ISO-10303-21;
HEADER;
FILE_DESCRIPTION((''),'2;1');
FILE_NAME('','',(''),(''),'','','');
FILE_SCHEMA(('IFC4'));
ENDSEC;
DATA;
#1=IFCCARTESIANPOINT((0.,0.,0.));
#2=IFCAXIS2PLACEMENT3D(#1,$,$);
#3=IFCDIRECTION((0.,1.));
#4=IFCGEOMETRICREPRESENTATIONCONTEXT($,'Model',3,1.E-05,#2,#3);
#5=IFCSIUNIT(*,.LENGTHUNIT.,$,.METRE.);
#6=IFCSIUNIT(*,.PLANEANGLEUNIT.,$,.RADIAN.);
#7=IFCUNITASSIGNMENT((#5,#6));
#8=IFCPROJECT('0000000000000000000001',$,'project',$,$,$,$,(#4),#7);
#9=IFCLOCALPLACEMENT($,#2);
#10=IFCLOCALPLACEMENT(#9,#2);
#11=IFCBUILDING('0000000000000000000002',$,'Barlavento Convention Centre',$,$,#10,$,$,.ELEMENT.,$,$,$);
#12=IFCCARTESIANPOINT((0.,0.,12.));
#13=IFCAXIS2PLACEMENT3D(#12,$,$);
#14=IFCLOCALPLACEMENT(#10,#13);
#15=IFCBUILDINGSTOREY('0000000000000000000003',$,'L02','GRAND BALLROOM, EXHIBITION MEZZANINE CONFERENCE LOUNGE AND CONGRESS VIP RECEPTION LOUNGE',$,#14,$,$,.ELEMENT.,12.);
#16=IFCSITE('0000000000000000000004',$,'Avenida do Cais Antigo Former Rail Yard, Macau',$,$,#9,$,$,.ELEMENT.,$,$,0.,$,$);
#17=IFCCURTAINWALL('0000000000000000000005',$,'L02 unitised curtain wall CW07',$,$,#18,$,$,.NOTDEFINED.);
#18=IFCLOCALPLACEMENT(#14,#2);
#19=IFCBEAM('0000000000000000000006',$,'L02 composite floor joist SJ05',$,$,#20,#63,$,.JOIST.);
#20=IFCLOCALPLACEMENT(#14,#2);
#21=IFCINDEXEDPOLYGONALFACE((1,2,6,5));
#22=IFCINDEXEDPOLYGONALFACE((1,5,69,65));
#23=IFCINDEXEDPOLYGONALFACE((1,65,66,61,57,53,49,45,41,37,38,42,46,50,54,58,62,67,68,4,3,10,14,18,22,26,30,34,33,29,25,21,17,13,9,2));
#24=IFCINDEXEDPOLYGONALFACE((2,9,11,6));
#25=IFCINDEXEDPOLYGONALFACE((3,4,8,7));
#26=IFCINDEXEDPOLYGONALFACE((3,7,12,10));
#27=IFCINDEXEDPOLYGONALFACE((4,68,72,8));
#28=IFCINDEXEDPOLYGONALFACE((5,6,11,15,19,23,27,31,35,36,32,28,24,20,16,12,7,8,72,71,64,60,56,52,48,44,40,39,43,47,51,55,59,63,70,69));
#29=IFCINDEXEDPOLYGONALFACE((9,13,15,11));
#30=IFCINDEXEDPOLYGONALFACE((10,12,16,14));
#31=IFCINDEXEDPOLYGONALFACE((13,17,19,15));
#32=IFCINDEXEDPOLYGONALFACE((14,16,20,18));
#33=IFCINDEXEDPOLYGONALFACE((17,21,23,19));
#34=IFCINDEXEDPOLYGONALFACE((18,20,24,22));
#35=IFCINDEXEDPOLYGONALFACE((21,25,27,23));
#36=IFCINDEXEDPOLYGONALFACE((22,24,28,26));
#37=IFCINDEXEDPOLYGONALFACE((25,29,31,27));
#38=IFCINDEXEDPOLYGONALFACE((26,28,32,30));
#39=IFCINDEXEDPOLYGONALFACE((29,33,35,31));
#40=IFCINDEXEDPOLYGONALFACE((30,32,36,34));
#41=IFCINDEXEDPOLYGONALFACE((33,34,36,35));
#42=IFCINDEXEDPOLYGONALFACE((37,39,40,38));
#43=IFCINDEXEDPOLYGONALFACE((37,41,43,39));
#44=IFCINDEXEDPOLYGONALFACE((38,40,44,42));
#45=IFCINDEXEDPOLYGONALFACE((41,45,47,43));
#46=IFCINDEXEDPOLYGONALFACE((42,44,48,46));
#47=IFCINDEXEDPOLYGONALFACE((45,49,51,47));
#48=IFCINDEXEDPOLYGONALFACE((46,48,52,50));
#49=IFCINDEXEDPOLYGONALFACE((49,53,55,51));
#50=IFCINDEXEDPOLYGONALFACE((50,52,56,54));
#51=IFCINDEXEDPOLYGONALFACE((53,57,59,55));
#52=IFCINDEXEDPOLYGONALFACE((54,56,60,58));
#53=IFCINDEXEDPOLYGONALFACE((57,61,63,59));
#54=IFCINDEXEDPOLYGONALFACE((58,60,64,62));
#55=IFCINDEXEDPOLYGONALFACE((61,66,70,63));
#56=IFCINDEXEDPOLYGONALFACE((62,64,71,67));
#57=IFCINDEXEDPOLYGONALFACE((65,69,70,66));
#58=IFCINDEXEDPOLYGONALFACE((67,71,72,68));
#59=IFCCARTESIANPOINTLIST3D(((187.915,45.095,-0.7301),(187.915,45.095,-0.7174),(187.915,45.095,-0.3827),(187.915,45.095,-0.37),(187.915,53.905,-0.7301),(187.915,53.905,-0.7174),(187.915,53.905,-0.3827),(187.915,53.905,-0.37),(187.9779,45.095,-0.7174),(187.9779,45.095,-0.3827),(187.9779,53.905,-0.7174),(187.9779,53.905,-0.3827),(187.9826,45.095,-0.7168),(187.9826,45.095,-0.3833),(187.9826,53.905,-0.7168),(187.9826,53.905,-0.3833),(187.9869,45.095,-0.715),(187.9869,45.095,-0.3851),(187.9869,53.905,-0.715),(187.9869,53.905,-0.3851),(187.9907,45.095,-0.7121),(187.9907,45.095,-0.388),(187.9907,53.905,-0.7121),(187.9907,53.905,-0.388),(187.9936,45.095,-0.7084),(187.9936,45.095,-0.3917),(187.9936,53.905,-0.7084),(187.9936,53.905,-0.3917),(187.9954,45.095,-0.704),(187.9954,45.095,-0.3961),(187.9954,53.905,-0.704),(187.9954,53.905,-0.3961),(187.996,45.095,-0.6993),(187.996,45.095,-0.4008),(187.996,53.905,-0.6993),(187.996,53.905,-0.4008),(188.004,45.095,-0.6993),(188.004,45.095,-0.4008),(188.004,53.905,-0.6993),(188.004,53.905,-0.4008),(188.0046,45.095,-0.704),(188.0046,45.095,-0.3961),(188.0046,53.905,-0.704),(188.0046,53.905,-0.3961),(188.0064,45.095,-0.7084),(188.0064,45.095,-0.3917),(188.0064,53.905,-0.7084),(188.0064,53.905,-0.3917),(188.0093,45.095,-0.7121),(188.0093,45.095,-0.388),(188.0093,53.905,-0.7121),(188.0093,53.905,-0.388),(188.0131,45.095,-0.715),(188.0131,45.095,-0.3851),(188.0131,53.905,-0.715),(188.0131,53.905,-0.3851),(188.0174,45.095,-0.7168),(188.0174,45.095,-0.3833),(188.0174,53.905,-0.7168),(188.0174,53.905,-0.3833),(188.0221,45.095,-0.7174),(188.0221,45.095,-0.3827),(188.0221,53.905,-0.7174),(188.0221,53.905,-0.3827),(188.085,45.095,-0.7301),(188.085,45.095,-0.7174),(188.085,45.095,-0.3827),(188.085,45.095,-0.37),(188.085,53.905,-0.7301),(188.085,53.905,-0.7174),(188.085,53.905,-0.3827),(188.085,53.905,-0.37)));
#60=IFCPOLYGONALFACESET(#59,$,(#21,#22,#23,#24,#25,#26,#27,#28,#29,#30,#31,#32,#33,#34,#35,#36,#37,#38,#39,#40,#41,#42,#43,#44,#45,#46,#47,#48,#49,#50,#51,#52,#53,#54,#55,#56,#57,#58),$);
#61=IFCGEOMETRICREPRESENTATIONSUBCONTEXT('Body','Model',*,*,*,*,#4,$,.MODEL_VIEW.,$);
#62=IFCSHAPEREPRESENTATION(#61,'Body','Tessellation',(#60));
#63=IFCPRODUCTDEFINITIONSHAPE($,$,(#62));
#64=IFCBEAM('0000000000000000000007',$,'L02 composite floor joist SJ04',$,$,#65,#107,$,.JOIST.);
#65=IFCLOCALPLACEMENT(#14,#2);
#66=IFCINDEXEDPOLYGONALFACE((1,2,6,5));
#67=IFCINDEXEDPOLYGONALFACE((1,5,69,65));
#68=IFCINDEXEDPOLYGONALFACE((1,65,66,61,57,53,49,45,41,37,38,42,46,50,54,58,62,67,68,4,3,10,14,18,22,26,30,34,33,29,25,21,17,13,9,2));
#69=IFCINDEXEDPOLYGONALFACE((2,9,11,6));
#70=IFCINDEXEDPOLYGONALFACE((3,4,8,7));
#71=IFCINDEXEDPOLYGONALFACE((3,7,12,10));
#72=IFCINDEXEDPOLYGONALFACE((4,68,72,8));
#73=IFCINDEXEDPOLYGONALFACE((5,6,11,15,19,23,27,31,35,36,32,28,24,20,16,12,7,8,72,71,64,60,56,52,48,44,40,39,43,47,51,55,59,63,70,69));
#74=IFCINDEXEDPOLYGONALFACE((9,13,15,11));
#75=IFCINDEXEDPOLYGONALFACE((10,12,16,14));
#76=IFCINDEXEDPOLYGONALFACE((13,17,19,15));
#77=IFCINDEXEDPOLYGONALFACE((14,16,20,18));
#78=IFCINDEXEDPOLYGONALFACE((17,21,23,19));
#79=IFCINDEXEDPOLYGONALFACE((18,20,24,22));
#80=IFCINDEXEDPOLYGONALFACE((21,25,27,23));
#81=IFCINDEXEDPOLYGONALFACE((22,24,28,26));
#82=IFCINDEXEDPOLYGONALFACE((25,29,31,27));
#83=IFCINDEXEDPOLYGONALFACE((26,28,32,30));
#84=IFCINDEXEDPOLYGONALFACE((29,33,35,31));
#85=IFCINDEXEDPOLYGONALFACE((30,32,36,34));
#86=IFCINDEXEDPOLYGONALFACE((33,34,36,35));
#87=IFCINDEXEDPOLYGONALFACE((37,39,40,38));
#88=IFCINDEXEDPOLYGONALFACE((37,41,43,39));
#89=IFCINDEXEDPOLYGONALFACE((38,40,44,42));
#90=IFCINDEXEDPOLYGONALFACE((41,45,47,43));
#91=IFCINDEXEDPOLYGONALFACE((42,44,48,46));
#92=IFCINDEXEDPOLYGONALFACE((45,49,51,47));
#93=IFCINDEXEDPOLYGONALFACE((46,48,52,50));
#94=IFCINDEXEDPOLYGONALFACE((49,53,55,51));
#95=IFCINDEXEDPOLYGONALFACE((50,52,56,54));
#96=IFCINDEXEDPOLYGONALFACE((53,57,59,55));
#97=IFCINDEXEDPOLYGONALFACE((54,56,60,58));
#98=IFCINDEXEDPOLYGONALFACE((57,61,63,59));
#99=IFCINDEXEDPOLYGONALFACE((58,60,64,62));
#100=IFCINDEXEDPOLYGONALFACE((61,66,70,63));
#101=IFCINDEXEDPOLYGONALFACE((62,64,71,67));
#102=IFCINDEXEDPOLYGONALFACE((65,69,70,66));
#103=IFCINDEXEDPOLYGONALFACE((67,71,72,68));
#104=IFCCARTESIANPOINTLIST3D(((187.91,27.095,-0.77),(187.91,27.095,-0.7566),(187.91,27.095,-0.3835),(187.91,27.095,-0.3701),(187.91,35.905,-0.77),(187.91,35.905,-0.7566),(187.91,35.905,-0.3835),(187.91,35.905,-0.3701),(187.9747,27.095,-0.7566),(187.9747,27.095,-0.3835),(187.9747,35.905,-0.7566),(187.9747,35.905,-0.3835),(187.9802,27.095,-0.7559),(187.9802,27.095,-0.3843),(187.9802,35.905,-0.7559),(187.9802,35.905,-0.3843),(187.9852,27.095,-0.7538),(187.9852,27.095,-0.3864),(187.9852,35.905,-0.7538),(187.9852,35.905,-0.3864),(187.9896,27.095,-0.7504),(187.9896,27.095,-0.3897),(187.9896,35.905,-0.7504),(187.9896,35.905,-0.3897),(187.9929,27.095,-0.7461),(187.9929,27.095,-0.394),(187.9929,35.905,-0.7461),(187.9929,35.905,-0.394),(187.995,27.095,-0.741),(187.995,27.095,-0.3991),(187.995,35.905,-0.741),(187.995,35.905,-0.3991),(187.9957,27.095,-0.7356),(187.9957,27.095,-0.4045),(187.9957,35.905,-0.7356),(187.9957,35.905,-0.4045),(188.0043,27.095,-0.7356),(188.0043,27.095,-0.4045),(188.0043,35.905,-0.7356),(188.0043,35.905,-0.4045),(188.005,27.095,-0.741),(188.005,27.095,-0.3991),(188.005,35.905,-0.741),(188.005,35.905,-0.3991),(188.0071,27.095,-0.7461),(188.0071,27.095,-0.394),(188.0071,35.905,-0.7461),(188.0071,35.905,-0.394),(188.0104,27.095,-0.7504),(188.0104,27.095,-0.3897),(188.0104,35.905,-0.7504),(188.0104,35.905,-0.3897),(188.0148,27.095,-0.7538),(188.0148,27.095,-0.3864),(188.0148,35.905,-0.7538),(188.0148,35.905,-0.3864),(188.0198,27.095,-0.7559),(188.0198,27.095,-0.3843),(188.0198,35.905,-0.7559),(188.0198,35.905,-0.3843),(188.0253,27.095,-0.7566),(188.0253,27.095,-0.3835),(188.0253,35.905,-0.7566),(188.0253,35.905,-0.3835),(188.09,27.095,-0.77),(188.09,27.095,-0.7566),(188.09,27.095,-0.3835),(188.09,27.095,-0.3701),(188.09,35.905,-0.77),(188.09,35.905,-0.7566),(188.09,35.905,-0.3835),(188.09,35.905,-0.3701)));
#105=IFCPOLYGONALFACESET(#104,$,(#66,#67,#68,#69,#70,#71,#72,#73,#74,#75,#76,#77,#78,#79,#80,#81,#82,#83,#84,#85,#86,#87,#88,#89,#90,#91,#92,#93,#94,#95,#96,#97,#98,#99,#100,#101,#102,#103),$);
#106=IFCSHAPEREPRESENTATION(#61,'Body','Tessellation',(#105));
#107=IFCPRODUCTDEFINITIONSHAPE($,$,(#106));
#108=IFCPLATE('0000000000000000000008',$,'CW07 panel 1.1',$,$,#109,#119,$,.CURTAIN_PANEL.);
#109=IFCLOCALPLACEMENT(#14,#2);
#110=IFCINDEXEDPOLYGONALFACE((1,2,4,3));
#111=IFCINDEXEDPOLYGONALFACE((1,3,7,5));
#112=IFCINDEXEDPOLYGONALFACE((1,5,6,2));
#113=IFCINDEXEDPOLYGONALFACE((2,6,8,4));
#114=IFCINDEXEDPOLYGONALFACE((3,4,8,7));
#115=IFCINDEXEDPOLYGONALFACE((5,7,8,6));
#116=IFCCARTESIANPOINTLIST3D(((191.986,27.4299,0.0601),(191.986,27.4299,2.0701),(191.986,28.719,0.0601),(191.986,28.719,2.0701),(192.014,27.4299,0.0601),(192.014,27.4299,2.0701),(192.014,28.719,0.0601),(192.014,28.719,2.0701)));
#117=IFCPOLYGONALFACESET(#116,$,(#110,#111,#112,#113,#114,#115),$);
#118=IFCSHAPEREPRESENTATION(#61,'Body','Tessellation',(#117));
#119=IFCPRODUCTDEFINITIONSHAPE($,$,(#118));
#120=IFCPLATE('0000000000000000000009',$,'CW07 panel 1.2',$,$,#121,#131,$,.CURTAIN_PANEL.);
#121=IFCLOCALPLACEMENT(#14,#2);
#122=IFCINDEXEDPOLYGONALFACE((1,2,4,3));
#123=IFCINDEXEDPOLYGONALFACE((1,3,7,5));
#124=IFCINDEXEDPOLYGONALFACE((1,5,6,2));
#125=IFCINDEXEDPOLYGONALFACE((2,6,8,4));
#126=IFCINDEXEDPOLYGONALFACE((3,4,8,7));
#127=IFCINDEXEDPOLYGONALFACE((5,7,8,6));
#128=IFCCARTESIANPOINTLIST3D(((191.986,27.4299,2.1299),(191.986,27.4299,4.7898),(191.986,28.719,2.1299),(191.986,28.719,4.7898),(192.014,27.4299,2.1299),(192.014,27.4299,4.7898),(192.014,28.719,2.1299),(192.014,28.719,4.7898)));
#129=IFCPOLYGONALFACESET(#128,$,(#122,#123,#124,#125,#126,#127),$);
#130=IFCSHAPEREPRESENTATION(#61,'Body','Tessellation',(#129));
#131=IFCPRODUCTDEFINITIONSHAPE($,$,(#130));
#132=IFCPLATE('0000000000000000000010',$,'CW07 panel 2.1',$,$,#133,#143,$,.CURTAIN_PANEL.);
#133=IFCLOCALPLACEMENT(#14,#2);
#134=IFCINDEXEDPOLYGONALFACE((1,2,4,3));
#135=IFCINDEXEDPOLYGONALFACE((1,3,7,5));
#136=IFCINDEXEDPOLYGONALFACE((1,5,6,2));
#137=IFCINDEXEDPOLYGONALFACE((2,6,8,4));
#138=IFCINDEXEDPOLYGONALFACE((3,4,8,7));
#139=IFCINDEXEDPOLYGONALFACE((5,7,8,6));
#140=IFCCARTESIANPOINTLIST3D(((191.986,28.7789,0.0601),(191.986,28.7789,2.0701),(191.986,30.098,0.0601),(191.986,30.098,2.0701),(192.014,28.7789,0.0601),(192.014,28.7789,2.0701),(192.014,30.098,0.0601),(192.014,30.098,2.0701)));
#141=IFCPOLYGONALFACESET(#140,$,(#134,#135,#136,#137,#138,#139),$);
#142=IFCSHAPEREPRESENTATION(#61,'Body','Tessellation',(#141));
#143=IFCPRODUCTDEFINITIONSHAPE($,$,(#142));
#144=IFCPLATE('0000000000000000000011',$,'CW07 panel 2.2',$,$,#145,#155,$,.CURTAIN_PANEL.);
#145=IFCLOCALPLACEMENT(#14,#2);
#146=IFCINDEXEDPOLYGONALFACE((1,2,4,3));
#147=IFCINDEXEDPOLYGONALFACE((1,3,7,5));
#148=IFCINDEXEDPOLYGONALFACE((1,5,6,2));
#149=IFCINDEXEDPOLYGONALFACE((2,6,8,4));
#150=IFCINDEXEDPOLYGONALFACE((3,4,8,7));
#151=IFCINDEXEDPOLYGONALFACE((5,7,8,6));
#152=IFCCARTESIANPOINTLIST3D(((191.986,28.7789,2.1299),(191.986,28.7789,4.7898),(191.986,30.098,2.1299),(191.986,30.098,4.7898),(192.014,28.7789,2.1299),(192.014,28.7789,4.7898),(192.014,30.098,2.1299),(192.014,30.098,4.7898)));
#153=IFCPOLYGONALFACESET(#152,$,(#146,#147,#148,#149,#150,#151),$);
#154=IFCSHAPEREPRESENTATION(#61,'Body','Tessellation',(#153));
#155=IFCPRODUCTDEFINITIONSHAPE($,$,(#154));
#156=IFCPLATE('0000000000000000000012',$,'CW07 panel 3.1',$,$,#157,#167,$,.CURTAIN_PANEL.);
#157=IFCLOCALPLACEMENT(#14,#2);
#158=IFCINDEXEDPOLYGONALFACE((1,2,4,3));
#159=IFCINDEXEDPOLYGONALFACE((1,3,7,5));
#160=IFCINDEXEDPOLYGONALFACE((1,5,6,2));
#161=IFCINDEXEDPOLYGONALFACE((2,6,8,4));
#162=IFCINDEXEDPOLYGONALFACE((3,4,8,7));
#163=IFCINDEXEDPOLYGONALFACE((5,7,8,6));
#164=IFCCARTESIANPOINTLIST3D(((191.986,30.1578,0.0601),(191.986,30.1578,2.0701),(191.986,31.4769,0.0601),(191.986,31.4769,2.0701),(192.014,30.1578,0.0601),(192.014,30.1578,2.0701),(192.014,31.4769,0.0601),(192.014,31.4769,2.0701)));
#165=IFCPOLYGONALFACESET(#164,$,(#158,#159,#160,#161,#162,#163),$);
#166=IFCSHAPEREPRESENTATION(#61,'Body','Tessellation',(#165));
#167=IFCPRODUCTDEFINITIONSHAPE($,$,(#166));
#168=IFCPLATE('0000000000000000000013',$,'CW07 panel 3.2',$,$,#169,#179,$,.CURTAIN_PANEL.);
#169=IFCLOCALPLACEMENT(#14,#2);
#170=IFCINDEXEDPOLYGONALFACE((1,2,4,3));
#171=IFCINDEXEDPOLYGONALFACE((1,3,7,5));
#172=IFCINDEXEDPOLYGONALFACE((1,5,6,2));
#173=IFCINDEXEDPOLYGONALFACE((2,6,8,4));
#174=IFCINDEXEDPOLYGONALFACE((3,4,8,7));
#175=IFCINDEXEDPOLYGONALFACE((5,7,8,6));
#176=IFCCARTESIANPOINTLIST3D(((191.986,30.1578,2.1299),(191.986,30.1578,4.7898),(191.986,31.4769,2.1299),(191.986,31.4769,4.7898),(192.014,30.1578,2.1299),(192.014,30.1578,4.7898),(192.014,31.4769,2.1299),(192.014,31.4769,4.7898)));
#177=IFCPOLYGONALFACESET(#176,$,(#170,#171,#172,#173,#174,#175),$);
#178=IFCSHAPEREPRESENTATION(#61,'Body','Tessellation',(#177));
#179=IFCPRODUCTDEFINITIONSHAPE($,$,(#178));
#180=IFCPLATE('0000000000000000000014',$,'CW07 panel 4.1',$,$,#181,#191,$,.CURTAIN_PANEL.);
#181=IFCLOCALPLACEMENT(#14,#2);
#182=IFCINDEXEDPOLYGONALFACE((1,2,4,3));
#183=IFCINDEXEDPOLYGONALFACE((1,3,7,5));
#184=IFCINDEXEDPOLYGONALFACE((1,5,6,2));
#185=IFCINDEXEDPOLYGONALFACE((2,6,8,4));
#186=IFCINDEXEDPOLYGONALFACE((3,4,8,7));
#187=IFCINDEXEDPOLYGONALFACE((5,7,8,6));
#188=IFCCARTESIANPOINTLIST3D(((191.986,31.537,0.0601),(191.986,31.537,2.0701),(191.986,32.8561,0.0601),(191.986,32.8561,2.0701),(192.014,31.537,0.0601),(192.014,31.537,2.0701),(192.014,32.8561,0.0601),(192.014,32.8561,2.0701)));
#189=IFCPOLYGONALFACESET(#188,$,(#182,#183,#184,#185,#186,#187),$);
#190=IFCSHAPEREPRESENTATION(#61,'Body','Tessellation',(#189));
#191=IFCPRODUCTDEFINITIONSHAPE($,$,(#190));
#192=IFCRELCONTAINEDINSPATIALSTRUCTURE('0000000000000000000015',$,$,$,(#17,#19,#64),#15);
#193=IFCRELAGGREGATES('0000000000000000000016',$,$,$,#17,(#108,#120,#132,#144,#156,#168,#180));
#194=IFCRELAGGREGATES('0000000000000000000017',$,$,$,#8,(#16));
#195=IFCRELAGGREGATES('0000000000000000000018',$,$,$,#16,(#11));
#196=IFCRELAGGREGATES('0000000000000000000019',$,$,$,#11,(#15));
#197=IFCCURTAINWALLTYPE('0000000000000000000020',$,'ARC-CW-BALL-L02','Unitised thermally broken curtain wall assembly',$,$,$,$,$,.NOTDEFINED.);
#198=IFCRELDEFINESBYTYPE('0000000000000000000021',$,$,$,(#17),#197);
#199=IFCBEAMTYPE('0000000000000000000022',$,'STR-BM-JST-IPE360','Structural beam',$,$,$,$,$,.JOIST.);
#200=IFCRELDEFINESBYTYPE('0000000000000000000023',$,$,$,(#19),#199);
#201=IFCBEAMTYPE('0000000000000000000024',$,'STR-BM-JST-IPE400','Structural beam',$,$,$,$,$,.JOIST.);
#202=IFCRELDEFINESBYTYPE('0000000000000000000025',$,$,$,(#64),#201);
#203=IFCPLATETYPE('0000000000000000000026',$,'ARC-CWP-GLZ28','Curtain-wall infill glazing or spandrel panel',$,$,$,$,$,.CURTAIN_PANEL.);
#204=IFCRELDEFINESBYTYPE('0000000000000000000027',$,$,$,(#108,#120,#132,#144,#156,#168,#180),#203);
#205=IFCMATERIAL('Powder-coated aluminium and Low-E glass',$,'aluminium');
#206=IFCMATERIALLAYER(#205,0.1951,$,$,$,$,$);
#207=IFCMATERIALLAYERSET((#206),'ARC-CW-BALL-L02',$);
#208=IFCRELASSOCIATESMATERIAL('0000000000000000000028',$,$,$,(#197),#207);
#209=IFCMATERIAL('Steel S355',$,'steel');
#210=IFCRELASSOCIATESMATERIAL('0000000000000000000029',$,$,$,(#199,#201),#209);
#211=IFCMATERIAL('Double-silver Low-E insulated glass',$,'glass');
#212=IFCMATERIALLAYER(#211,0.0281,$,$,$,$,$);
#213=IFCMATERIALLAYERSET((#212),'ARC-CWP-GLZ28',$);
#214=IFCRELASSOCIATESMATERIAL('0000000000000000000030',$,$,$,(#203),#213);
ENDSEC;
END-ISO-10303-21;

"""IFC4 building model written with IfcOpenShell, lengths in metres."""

from ifc_helpers import new_model, si_unit, direction, frame, origin, origin_2d, place, context, subcontext, project, spatial, rectangle, i_section, extrude, material, layer, layer_set, material_profile, profile_set, type_object, element, aggregate, save


model = new_model("IFC4")

# Units and contexts
model_context = context("Model", 3, precision=1e-05, world=origin(), true_north=direction((0.0, 1.0)))
body_context = subcontext(model_context, "Body", "Model", "MODEL_VIEW")
ifc_project = project(units=[si_unit("LENGTHUNIT", "METRE"), si_unit("PLANEANGLEUNIT", "RADIAN")], contexts=[model_context])

# Site, building, storey
site_placement = place(None, origin())
site = spatial("IfcSite", under=ifc_project, at=site_placement, Name="Avenida do Cais Antigo Former Rail Yard, Macau", CompositionType="ELEMENT", RefElevation=0.0)
building_placement = place(site_placement, origin())
building = spatial("IfcBuilding", under=site, at=building_placement, Name="Barlavento Convention Centre", CompositionType="ELEMENT")
storey_placement = place(building_placement, frame((0.0, 0.0, 12.0)))
storey = spatial("IfcBuildingStorey", under=building, at=storey_placement, Name="L02", Description="GRAND BALLROOM, EXHIBITION MEZZANINE CONFERENCE LOUNGE AND CONGRESS VIP RECEPTION LOUNGE", CompositionType="ELEMENT", Elevation=12.0)

# Curtain wall
ifc_material_1 = material(Name="Powder-coated aluminium and Low-E glass", Category="aluminium")
ifc_layer_1 = layer(ifc_material_1, 0.1951)
ifc_layer_set_1 = layer_set([ifc_layer_1], Name="ARC-CW-BALL-L02")
curtain_wall_type = type_object("IfcCurtainWallType", Name="ARC-CW-BALL-L02", Description="Unitised thermally broken curtain wall assembly", PredefinedType="NOTDEFINED", material=ifc_layer_set_1)
curtain_wall_placement = place(storey_placement, origin())
curtain_wall = element("IfcCurtainWall", 1, at=curtain_wall_placement, inside=storey, type_object=curtain_wall_type, Name="L02 unitised curtain wall CW07", PredefinedType="NOTDEFINED")

# Beams
ifc_material_2 = material(Name="Steel S355", Category="steel")
ifc_material_profile_1 = material_profile(ifc_material_2, i_section(OverallWidth=0.1699, OverallDepth=0.3601, WebThickness=0.0081, FlangeThickness=0.0127, FilletRadius=0.0181, at=origin_2d()), Name="IPE 360")
ifc_profile_set_1 = profile_set([ifc_material_profile_1], Name="Steel S355")
beam_type_1 = type_object("IfcBeamType", Name="STR-BM-JST-IPE360", Description="Structural beam", PredefinedType="JOIST", material=ifc_profile_set_1)
beam_1_placement = place(storey_placement, frame((188.0, 45.095, -0.55), z_axis=(0.0, 1.0, 0.0), x_axis=(-1.0, 0.0, 0.0)))
element("IfcBeam", 2, at=beam_1_placement, inside=storey, type_object=beam_type_1, Name="L02 composite floor joist SJ05", PredefinedType="JOIST", context=body_context, shape_type="SweptSolid", body=[
    extrude(i_section(OverallWidth=0.1699, OverallDepth=0.3601, WebThickness=0.0081, FlangeThickness=0.0127, FilletRadius=0.0181, at=origin_2d()), origin(), (0.0, 0.0, 1.0), 8.8101),
])
ifc_material_profile_2 = material_profile(ifc_material_2, i_section(OverallWidth=0.1799, OverallDepth=0.3999, WebThickness=0.0085, FlangeThickness=0.0134, FilletRadius=0.021, at=origin_2d()), Name="IPE 400")
ifc_profile_set_2 = profile_set([ifc_material_profile_2], Name="Steel S355")
beam_type_2 = type_object("IfcBeamType", Name="STR-BM-JST-IPE400", Description="Structural beam", PredefinedType="JOIST", material=ifc_profile_set_2)
beam_2_placement = place(storey_placement, frame((188.0, 27.095, -0.5701), z_axis=(0.0, 1.0, 0.0), x_axis=(-1.0, 0.0, 0.0)))
element("IfcBeam", 3, at=beam_2_placement, inside=storey, type_object=beam_type_2, Name="L02 composite floor joist SJ04", PredefinedType="JOIST", context=body_context, shape_type="SweptSolid", body=[
    extrude(i_section(OverallWidth=0.1799, OverallDepth=0.3999, WebThickness=0.0085, FlangeThickness=0.0134, FilletRadius=0.021, at=origin_2d()), origin(), (0.0, 0.0, 1.0), 8.8101),
])

# Plates
ifc_material_3 = material(Name="Double-silver Low-E insulated glass", Category="glass")
ifc_layer_2 = layer(ifc_material_3, 0.0281)
ifc_layer_set_2 = layer_set([ifc_layer_2], Name="ARC-CWP-GLZ28")
plate_type = type_object("IfcPlateType", Name="ARC-CWP-GLZ28", Description="Curtain-wall infill glazing or spandrel panel", PredefinedType="CURTAIN_PANEL", material=ifc_layer_set_2)
plate_1_placement = place(storey_placement, frame((192.0, 28.0745, 0.0601), z_axis=(0.0, 0.0, 1.0), x_axis=(0.0, 1.0, 0.0)))
plate_1 = element("IfcPlate", 4, at=plate_1_placement, type_object=plate_type, Name="CW07 panel 1.1", PredefinedType="CURTAIN_PANEL", context=body_context, shape_type="SweptSolid", body=[
    extrude(rectangle(XDim=1.2891, YDim=0.0281, at=origin_2d()), origin(), (0.0, 0.0, 1.0), 2.01),
])
plate_2_placement = place(storey_placement, frame((192.0, 28.0745, 2.1299), z_axis=(0.0, 0.0, 1.0), x_axis=(0.0, 1.0, 0.0)))
plate_2 = element("IfcPlate", 5, at=plate_2_placement, type_object=plate_type, Name="CW07 panel 1.2", PredefinedType="CURTAIN_PANEL", context=body_context, shape_type="SweptSolid", body=[
    extrude(rectangle(XDim=1.2891, YDim=0.0281, at=origin_2d()), origin(), (0.0, 0.0, 1.0), 2.6599),
])
plate_3_placement = place(storey_placement, frame((192.0, 29.4385, 0.0601), z_axis=(0.0, 0.0, 1.0), x_axis=(0.0, 1.0, 0.0)))
plate_3 = element("IfcPlate", 6, at=plate_3_placement, type_object=plate_type, Name="CW07 panel 2.1", PredefinedType="CURTAIN_PANEL", context=body_context, shape_type="SweptSolid", body=[
    extrude(rectangle(XDim=1.3191, YDim=0.0281, at=origin_2d()), origin(), (0.0, 0.0, 1.0), 2.01),
])
plate_4_placement = place(storey_placement, frame((192.0, 29.4385, 2.1299), z_axis=(0.0, 0.0, 1.0), x_axis=(0.0, 1.0, 0.0)))
plate_4 = element("IfcPlate", 7, at=plate_4_placement, type_object=plate_type, Name="CW07 panel 2.2", PredefinedType="CURTAIN_PANEL", context=body_context, shape_type="SweptSolid", body=[
    extrude(rectangle(XDim=1.3191, YDim=0.0281, at=origin_2d()), origin(), (0.0, 0.0, 1.0), 2.6599),
])
plate_5_placement = place(storey_placement, frame((192.0, 30.8174, 0.0601), z_axis=(0.0, 0.0, 1.0), x_axis=(0.0, 1.0, 0.0)))
plate_5 = element("IfcPlate", 8, at=plate_5_placement, type_object=plate_type, Name="CW07 panel 3.1", PredefinedType="CURTAIN_PANEL", context=body_context, shape_type="SweptSolid", body=[
    extrude(rectangle(XDim=1.3191, YDim=0.0281, at=origin_2d()), origin(), (0.0, 0.0, 1.0), 2.01),
])
plate_6_placement = place(storey_placement, frame((192.0, 30.8174, 2.1299), z_axis=(0.0, 0.0, 1.0), x_axis=(0.0, 1.0, 0.0)))
plate_6 = element("IfcPlate", 9, at=plate_6_placement, type_object=plate_type, Name="CW07 panel 3.2", PredefinedType="CURTAIN_PANEL", context=body_context, shape_type="SweptSolid", body=[
    extrude(rectangle(XDim=1.3191, YDim=0.0281, at=origin_2d()), origin(), (0.0, 0.0, 1.0), 2.6599),
])
plate_7_placement = place(storey_placement, frame((192.0, 32.1965, 0.0601), z_axis=(0.0, 0.0, 1.0), x_axis=(0.0, 1.0, 0.0)))
plate_7 = element("IfcPlate", 10, at=plate_7_placement, type_object=plate_type, Name="CW07 panel 4.1", PredefinedType="CURTAIN_PANEL", context=body_context, shape_type="SweptSolid", body=[
    extrude(rectangle(XDim=1.3191, YDim=0.0281, at=origin_2d()), origin(), (0.0, 0.0, 1.0), 2.01),
])
aggregate(curtain_wall, [plate_1, plate_2, plate_3, plate_4, plate_5, plate_6, plate_7])

save(model, "model.ifc")
